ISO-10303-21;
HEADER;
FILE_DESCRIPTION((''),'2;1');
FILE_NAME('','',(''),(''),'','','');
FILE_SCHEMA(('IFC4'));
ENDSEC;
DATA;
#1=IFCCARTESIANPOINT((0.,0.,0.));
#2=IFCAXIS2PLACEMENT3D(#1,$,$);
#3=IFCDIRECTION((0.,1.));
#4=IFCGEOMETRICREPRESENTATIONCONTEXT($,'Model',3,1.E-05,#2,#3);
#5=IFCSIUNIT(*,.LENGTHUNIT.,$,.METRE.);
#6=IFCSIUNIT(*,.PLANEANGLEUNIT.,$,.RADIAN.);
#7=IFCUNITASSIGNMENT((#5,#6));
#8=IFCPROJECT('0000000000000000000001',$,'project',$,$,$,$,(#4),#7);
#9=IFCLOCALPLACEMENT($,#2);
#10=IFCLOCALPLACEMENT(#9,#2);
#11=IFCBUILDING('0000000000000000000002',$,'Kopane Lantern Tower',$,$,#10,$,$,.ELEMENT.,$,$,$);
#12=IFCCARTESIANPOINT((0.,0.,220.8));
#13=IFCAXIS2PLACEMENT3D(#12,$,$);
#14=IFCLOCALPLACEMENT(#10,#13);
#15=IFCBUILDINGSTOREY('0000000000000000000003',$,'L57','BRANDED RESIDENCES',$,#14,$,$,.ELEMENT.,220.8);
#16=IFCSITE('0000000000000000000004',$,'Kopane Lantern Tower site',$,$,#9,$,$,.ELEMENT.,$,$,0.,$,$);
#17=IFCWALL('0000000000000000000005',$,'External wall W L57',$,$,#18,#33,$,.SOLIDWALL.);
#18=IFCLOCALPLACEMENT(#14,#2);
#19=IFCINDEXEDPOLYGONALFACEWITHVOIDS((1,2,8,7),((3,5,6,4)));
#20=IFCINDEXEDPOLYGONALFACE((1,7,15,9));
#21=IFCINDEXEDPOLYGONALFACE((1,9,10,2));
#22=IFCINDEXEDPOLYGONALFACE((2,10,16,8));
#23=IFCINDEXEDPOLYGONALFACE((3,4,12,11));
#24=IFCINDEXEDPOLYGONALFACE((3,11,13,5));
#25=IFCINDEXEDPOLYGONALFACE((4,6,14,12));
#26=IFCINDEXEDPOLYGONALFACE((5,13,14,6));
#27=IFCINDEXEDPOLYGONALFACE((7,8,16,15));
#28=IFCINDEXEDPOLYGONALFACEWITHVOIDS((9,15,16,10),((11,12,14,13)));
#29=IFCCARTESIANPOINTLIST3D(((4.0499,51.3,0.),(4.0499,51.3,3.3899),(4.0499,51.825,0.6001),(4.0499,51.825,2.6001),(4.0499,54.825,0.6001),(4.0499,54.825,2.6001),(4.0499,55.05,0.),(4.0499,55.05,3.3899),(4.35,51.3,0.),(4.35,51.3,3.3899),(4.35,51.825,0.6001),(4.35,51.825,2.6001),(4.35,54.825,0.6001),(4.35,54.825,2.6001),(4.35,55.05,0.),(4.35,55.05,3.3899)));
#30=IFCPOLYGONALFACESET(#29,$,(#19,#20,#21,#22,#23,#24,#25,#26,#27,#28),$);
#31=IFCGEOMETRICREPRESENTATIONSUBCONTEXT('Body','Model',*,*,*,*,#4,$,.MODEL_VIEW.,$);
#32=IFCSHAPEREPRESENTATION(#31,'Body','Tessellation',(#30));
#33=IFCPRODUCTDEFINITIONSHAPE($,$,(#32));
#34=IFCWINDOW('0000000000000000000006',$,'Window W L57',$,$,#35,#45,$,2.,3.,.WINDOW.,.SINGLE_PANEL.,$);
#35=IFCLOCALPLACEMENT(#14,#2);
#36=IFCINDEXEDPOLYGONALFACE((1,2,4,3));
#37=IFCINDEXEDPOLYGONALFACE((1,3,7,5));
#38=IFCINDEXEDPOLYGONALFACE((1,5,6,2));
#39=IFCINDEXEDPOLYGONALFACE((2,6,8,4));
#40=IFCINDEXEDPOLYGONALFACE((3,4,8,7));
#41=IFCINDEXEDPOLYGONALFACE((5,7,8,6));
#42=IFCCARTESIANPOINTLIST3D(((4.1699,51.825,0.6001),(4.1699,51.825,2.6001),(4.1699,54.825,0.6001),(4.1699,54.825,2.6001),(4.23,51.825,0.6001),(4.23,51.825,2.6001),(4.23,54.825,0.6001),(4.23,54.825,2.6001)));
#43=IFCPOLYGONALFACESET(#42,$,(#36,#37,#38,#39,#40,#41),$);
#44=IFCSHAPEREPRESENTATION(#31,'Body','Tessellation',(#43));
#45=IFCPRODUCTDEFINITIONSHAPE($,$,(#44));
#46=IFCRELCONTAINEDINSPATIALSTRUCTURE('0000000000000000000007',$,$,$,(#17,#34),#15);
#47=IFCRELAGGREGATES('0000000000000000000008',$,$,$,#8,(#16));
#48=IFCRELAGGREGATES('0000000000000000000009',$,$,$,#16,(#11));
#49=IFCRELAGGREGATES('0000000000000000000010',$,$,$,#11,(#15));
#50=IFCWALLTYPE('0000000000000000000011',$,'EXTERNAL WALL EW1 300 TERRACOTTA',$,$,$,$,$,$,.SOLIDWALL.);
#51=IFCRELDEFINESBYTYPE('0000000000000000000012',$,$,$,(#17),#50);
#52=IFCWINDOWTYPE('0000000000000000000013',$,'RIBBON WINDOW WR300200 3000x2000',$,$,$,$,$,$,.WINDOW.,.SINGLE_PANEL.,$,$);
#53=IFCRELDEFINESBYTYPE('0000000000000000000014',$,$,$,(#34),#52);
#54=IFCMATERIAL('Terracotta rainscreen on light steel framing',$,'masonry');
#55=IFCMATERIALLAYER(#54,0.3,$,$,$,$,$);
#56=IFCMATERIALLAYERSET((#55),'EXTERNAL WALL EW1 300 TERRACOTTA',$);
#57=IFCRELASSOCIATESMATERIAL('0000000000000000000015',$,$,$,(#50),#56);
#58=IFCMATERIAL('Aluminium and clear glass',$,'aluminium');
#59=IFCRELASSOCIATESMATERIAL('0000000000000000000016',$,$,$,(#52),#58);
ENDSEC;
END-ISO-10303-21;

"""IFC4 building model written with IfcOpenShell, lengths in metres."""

from ifc_helpers import new_model, si_unit, direction, frame, frame_2d, origin, place, context, subcontext, project, spatial, rectangle, extrude, material, layer, layer_set, type_object, element, fill, save


model = new_model("IFC4")

# Units and contexts
model_context = context("Model", 3, precision=1e-05, world=origin(), true_north=direction((0.0, 1.0)))
body_context = subcontext(model_context, "Body", "Model", "MODEL_VIEW")
ifc_project = project(units=[si_unit("LENGTHUNIT", "METRE"), si_unit("PLANEANGLEUNIT", "RADIAN")], contexts=[model_context])

# Site, building, storey
site_placement = place(None, origin())
site = spatial("IfcSite", under=ifc_project, at=site_placement, Name="Kopane Lantern Tower site", CompositionType="ELEMENT", RefElevation=0.0)
building_placement = place(site_placement, origin())
building = spatial("IfcBuilding", under=site, at=building_placement, Name="Kopane Lantern Tower", CompositionType="ELEMENT")
storey_placement = place(building_placement, frame((0.0, 0.0, 220.8)))
storey = spatial("IfcBuildingStorey", under=building, at=storey_placement, Name="L57", Description="BRANDED RESIDENCES", CompositionType="ELEMENT", Elevation=220.8)

# Wall, opening, window
ifc_material_1 = material(Name="Terracotta rainscreen on light steel framing", Category="masonry")
ifc_layer_1 = layer(ifc_material_1, 0.3)
ifc_layer_set_1 = layer_set([ifc_layer_1], Name="EXTERNAL WALL EW1 300 TERRACOTTA")
wall_type_1 = type_object("IfcWallType", Name="EXTERNAL WALL EW1 300 TERRACOTTA", PredefinedType="SOLIDWALL", material=ifc_layer_set_1)
ifc_material_2 = material(Name="Aluminium and clear glass", Category="aluminium")
window_type = type_object("IfcWindowType", Name="RIBBON WINDOW WR300200 3000x2000", PartitioningType="SINGLE_PANEL", PredefinedType="WINDOW", material=ifc_material_2)
wall_1_placement = place(storey_placement, frame((4.2, 55.05, 0.0), z_axis=(0.0, 0.0, 1.0), x_axis=(0.0, -1.0, 0.0)))
wall_1 = element("IfcWall", 1, at=wall_1_placement, inside=storey, type_object=wall_type_1, Name="External wall W L57", PredefinedType="SOLIDWALL", context=body_context, shape_type="SweptSolid", body=[
    extrude(rectangle(XDim=3.75, YDim=0.3, at=frame_2d((1.875, 0.0))), origin(), (0.0, 0.0, 1.0), 3.3899),
])
opening_1_placement = place(wall_1_placement, frame((0.2251, 0.0, 0.6001)))
opening_1 = element("IfcOpeningElement", 2, at=opening_1_placement, cuts=wall_1, PredefinedType="OPENING", context=body_context, shape_type="SweptSolid", body=[
    extrude(rectangle(XDim=3.0, YDim=2.0, at=frame_2d((1.5, 1.0))), frame((0.0, 0.1599, 0.0), z_axis=(0.0, -1.0, 0.0), x_axis=(1.0, 0.0, 0.0)), (0.0, 0.0, 1.0), 0.3201),
])
window_1_placement = place(opening_1_placement, origin())
window_1 = element("IfcWindow", 3, at=window_1_placement, inside=storey, type_object=window_type, Name="Window W L57", OverallHeight=2.0, OverallWidth=3.0, PartitioningType="SINGLE_PANEL", PredefinedType="WINDOW", context=body_context, shape_type="SweptSolid", body=[
    extrude(rectangle(XDim=3.0, YDim=2.0, at=frame_2d((1.5, 1.0))), frame((0.0, 0.03, 0.0), z_axis=(0.0, -1.0, 0.0), x_axis=(1.0, 0.0, 0.0)), (0.0, 0.0, 1.0), 0.0601),
])
fill(opening_1, window_1)

save(model, "model.ifc")
